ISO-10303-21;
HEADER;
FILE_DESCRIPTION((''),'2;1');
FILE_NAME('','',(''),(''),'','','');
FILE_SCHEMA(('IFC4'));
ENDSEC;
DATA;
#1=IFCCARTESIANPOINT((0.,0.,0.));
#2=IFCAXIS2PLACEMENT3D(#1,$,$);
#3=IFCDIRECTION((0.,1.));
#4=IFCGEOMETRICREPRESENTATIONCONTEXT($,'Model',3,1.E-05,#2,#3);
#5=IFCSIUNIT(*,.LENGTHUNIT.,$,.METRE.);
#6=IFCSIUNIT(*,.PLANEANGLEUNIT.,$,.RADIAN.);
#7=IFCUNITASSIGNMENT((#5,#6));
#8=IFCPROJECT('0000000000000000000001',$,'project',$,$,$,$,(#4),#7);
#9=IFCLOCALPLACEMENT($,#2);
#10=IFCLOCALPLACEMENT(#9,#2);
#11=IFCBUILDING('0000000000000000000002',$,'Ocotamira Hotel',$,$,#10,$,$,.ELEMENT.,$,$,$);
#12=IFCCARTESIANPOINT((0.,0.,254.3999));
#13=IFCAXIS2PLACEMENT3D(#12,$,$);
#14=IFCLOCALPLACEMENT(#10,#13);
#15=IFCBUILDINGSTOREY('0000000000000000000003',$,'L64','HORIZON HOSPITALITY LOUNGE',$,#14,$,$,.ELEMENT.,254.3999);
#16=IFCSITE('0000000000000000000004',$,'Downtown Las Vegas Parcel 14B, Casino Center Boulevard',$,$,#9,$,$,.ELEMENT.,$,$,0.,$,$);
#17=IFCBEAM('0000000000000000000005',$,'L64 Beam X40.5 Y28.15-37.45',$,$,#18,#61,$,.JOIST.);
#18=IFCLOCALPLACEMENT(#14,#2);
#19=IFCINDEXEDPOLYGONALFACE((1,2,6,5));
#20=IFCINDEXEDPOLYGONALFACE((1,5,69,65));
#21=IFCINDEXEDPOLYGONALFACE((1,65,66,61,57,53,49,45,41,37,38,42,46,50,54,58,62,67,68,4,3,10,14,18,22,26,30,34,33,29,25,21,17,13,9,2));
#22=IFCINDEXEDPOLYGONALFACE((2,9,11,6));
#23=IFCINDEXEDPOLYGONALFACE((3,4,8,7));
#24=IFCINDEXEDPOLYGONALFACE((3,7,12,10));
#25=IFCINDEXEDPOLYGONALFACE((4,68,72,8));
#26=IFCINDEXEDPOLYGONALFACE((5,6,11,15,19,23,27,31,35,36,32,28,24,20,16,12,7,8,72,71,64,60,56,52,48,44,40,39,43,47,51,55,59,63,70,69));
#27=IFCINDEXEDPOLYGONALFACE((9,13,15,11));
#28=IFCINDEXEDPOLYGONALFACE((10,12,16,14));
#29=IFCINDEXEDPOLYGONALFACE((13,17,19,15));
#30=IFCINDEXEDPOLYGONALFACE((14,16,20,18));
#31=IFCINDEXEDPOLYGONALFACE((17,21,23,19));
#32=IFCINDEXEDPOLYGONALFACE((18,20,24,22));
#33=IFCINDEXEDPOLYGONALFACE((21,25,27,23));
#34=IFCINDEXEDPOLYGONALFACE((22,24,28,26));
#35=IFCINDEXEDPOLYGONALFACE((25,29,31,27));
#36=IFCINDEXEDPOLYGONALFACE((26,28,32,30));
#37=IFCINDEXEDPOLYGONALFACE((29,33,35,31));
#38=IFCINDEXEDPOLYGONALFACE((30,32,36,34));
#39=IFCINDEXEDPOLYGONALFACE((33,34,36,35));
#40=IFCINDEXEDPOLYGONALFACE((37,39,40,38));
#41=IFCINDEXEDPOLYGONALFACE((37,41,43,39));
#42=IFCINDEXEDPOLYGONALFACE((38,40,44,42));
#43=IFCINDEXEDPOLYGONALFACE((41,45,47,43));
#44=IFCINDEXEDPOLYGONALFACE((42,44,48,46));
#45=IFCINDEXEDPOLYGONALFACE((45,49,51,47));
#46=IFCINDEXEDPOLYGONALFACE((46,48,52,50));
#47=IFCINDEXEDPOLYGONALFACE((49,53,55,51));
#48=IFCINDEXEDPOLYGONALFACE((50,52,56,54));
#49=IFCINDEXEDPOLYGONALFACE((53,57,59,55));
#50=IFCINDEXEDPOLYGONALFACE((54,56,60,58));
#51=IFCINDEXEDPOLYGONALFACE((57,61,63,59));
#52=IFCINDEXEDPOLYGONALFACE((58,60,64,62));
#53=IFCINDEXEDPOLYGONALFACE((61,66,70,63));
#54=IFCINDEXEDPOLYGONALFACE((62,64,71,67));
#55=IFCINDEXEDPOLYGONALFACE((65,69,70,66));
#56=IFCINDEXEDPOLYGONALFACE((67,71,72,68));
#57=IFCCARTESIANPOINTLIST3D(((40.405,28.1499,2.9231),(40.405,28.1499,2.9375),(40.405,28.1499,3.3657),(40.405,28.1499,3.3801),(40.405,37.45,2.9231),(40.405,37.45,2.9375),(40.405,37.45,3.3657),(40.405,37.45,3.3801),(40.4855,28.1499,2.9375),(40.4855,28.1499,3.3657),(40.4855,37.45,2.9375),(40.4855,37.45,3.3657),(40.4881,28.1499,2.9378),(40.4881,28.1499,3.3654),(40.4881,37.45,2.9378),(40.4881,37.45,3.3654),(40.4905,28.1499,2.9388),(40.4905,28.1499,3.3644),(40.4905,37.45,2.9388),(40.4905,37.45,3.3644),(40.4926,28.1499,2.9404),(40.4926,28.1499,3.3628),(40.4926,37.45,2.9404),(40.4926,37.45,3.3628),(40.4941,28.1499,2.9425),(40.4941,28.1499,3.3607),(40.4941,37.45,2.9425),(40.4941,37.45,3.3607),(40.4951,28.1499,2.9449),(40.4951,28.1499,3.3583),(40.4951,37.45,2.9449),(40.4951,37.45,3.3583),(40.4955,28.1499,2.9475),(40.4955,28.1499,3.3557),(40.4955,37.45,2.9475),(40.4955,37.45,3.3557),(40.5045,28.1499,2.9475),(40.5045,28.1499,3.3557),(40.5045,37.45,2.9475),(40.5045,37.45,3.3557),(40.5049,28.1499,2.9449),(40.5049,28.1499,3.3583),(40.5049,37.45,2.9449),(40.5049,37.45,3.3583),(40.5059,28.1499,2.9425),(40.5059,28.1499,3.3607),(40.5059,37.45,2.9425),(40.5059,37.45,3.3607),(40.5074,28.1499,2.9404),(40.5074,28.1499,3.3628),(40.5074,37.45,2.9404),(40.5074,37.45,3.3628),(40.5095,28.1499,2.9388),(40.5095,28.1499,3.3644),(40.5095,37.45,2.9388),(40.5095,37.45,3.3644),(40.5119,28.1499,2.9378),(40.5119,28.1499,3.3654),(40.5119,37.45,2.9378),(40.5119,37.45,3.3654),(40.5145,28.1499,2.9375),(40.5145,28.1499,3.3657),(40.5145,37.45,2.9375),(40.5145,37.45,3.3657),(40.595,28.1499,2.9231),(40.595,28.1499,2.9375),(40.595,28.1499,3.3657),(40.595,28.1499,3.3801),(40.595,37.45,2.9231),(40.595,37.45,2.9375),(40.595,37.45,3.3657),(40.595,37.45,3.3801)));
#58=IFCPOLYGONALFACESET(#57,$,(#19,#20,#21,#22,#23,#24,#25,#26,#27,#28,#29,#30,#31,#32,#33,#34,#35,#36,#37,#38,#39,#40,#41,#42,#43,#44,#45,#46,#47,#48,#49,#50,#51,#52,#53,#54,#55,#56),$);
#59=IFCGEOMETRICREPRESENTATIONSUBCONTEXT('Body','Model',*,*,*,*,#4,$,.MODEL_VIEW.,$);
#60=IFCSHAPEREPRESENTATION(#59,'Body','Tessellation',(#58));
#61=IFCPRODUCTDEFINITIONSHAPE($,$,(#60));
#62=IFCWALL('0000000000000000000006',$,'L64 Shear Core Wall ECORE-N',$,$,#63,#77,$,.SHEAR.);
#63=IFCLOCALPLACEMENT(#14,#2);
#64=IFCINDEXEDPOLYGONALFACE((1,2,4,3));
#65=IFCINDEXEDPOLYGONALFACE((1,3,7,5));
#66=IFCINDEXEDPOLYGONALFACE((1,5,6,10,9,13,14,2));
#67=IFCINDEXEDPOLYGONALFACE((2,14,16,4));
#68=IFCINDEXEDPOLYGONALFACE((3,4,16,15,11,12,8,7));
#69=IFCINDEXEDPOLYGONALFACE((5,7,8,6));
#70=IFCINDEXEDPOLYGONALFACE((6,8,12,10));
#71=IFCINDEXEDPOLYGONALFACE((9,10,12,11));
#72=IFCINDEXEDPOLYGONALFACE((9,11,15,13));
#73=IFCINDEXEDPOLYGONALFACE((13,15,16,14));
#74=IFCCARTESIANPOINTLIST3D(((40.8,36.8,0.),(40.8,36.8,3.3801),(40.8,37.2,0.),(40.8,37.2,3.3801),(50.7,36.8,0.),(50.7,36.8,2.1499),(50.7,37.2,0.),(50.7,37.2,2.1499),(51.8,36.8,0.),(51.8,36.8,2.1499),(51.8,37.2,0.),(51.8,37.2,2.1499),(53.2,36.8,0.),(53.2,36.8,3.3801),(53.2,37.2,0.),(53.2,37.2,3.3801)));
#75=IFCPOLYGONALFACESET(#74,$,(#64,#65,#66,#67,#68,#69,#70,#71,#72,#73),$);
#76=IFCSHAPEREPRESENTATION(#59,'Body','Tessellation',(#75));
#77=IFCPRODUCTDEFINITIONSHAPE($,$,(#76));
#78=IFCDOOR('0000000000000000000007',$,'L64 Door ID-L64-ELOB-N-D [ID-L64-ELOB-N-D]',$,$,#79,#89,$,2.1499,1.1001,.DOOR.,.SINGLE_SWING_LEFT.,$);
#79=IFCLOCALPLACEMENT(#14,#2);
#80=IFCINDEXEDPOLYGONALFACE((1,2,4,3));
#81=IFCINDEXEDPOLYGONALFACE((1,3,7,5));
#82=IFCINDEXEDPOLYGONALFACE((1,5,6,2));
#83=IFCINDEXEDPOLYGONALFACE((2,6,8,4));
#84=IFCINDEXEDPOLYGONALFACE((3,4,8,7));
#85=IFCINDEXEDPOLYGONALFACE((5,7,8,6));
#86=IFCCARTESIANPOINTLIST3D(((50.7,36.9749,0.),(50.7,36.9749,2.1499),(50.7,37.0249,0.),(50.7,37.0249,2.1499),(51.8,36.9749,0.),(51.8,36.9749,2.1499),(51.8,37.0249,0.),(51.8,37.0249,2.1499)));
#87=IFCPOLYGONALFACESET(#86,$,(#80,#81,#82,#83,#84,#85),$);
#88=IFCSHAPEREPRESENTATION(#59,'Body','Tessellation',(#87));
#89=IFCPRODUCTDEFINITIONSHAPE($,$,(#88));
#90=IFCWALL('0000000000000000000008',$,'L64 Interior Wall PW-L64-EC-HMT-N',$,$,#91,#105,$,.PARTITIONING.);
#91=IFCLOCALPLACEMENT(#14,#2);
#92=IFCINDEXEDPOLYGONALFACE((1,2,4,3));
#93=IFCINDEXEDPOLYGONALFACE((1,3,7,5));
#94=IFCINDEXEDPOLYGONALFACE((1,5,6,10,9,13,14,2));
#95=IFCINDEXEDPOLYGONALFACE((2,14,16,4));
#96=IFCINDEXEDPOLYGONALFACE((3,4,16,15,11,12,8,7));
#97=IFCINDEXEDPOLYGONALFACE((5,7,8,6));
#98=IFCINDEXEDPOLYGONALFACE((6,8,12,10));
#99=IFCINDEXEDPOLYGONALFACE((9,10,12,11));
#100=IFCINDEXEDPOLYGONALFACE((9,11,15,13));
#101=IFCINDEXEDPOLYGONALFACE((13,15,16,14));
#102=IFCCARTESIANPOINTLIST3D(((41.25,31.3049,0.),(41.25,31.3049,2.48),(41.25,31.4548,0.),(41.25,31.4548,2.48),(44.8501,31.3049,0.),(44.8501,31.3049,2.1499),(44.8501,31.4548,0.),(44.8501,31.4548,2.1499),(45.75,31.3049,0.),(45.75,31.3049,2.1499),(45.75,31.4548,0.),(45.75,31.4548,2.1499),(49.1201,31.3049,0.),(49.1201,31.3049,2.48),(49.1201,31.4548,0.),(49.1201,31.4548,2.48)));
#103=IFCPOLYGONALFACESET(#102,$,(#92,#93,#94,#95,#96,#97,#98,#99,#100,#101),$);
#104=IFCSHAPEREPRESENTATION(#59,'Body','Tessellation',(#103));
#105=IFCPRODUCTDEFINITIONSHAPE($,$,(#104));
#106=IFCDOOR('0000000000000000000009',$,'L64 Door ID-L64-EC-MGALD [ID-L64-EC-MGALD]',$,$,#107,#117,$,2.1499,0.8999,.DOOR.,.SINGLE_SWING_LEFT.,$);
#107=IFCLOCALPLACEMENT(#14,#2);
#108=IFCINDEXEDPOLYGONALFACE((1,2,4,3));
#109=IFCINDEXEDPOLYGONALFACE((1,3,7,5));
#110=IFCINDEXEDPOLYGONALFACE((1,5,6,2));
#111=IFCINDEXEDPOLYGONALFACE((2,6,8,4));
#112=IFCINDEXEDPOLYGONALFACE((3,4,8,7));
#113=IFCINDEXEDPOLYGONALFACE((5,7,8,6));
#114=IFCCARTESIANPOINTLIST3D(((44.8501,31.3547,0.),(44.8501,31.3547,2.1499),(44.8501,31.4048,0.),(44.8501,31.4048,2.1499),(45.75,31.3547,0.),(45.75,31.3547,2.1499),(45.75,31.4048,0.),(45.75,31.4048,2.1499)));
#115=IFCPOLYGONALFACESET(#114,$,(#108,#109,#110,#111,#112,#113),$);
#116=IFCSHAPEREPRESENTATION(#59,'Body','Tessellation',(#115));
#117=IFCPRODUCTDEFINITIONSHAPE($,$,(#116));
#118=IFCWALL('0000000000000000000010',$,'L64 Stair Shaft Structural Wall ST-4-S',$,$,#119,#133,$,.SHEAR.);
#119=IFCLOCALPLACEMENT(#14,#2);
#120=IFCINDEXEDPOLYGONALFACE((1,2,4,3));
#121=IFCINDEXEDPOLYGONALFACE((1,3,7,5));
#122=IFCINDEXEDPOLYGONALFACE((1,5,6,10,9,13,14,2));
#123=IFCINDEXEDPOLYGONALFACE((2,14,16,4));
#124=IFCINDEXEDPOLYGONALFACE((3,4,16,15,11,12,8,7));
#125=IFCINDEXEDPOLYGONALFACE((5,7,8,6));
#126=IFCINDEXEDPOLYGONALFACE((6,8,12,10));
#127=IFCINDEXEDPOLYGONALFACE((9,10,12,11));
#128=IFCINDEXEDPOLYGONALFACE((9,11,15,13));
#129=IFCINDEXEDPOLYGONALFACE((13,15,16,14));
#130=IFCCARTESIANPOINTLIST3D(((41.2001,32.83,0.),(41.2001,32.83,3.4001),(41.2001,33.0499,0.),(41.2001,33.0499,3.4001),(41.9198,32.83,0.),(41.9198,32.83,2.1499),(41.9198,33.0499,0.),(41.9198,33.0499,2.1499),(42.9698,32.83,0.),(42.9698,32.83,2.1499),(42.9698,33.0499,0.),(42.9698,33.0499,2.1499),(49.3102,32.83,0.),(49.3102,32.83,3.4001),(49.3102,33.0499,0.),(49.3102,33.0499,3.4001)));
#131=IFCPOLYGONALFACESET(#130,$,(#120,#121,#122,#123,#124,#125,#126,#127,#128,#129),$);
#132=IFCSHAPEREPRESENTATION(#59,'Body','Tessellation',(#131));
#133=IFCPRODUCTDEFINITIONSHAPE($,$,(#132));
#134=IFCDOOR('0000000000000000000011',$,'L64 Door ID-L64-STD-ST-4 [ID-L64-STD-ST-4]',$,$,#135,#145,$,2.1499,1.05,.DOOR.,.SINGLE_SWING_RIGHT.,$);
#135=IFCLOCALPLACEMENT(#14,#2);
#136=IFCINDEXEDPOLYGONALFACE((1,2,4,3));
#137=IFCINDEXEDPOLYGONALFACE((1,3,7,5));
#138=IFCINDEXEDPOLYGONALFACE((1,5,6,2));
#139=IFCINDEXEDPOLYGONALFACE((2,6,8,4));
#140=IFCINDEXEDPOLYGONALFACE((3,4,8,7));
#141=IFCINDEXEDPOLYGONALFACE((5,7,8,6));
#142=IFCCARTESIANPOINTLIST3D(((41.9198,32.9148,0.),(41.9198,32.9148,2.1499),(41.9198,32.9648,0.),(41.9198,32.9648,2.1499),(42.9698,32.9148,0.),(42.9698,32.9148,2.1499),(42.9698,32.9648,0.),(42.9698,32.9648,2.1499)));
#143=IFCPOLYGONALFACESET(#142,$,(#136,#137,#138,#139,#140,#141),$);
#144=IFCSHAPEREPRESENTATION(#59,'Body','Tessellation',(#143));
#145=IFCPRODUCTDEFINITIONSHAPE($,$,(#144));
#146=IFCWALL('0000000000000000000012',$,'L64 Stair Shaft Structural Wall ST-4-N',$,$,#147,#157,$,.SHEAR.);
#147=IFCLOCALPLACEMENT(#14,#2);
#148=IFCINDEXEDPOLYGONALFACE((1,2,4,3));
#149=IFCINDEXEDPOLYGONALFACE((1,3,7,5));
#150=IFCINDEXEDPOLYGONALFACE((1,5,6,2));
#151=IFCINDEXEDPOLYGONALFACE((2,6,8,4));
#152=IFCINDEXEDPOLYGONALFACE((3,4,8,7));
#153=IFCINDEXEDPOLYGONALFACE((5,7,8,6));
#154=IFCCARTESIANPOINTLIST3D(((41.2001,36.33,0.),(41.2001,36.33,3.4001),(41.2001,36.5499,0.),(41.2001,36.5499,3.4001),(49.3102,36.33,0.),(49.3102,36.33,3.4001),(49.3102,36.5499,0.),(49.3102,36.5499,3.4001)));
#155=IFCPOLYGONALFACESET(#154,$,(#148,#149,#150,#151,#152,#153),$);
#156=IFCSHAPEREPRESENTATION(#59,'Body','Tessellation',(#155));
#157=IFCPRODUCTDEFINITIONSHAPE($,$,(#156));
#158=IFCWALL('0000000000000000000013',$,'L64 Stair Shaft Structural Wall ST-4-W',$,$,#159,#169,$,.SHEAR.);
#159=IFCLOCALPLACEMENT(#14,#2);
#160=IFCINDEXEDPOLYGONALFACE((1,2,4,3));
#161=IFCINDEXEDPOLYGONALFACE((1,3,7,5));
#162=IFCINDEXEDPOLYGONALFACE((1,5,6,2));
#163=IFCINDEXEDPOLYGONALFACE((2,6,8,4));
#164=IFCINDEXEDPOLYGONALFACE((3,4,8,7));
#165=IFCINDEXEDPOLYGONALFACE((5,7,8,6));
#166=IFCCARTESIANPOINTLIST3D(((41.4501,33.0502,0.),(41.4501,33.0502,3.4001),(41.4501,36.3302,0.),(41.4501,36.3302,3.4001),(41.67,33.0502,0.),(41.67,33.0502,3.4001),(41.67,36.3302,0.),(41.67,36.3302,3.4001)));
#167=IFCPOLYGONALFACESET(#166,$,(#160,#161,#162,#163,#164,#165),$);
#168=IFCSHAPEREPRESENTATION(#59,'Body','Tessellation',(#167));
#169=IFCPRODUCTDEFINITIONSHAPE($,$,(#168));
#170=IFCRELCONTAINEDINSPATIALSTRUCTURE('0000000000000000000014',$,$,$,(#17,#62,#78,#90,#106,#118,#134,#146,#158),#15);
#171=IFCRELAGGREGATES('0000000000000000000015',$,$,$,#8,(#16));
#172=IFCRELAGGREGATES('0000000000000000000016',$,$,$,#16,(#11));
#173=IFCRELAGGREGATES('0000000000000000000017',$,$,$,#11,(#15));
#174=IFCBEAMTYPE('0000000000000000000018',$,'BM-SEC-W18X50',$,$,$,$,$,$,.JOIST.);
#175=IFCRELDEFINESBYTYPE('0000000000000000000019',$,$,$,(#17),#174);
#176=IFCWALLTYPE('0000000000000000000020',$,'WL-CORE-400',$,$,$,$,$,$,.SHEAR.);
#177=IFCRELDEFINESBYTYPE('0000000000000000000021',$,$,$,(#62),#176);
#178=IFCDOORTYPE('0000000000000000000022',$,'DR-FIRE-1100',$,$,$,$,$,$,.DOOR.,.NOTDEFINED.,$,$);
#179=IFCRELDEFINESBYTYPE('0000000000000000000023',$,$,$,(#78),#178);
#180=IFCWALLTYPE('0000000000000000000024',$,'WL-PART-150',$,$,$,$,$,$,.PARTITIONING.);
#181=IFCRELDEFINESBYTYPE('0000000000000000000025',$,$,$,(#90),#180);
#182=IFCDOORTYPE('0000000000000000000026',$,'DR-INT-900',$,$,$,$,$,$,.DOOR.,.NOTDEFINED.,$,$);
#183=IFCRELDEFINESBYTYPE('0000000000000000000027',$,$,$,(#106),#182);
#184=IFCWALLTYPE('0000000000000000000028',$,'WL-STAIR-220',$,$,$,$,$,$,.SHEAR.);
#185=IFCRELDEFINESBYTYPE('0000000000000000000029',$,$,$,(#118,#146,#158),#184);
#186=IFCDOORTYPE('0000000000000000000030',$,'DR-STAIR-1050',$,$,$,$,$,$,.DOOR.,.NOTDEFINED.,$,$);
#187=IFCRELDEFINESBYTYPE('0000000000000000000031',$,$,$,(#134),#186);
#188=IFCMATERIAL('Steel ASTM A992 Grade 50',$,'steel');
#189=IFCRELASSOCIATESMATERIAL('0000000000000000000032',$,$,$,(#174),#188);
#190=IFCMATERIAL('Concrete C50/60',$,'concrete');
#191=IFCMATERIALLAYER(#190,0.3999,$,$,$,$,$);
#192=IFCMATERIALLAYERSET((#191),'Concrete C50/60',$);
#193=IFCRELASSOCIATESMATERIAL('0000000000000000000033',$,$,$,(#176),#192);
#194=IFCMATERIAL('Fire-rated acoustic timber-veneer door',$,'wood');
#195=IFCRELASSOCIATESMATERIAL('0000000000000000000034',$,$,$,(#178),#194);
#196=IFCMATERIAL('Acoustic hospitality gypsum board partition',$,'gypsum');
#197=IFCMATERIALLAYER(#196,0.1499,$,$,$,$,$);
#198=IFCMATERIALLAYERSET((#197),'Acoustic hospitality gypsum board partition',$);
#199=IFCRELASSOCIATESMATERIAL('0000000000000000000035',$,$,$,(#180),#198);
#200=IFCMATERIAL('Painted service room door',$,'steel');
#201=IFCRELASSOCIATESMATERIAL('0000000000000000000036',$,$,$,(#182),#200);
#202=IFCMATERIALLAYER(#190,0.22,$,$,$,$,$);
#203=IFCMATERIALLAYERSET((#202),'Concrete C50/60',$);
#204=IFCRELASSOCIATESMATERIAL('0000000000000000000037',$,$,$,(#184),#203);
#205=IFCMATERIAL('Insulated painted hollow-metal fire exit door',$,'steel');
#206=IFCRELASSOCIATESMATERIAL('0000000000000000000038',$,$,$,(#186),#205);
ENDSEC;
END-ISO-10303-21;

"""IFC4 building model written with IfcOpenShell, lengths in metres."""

from ifc_helpers import new_model, si_unit, direction, frame, frame_2d, origin, origin_2d, place, context, subcontext, project, spatial, rectangle, i_section, extrude, source, transform, mapped, material, layer, layer_set, material_profile, profile_set, type_object, element, fill, save


model = new_model("IFC4")

# Units and contexts
model_context = context("Model", 3, precision=1e-05, world=origin(), true_north=direction((0.0, 1.0)))
body_context = subcontext(model_context, "Body", "Model", "MODEL_VIEW")
ifc_project = project(units=[si_unit("LENGTHUNIT", "METRE"), si_unit("PLANEANGLEUNIT", "RADIAN")], contexts=[model_context])

# Site, building, storey
site_placement = place(None, origin())
site = spatial("IfcSite", under=ifc_project, at=site_placement, Name="Downtown Las Vegas Parcel 14B, Casino Center Boulevard", CompositionType="ELEMENT", RefElevation=0.0)
building_placement = place(site_placement, origin())
building = spatial("IfcBuilding", under=site, at=building_placement, Name="Ocotamira Hotel", CompositionType="ELEMENT")
storey_placement = place(building_placement, frame((0.0, 0.0, 254.3999)))
storey = spatial("IfcBuildingStorey", under=building, at=storey_placement, Name="L64", Description="HORIZON HOSPITALITY LOUNGE", CompositionType="ELEMENT", Elevation=254.3999)

# Beam
ifc_material_1 = material(Name="Concrete C50/60", Category="concrete")
ifc_material_2 = material(Name="Steel ASTM A992 Grade 50", Category="steel")
ifc_material_profile_1 = material_profile(ifc_material_2, i_section(OverallWidth=0.1899, OverallDepth=0.457, WebThickness=0.009, FlangeThickness=0.0144, FilletRadius=0.01, at=origin_2d()), Name="W18X50")
ifc_profile_set_1 = profile_set([ifc_material_profile_1], Name="Steel ASTM A992 Grade 50")
beam_type_1 = type_object("IfcBeamType", Name="BM-SEC-W18X50", PredefinedType="JOIST", material=ifc_profile_set_1)
shared_shape_1 = source(origin(), body_context, "Body", "SweptSolid", [
    extrude(i_section(OverallWidth=0.1899, OverallDepth=0.457, WebThickness=0.009, FlangeThickness=0.0144, FilletRadius=0.01, at=origin_2d()), origin(), (0.0, 0.0, 1.0), 9.3),
])
beam_1_placement = place(storey_placement, frame((40.5, 28.1499, 3.1516), z_axis=(0.0, 1.0, 0.0), x_axis=(-1.0, 0.0, 0.0)))
element("IfcBeam", 1, at=beam_1_placement, inside=storey, type_object=beam_type_1, Name="L64 Beam X40.5 Y28.15-37.45", PredefinedType="JOIST", context=body_context, shape_type="MappedRepresentation", body=[
    mapped(shared_shape_1, transform((0.0, 0.0, 0.0), scale=1.0)),
])

# Walls, openings, doors
ifc_layer_1 = layer(ifc_material_1, 0.3999)
ifc_layer_set_1 = layer_set([ifc_layer_1], Name="Concrete C50/60")
wall_type_1 = type_object("IfcWallType", Name="WL-CORE-400", PredefinedType="SHEAR", material=ifc_layer_set_1)
wall_1_placement = place(storey_placement, frame((40.8, 37.0, 0.0), z_axis=(0.0, 0.0, 1.0), x_axis=(1.0, 0.0, 0.0)))
wall_1 = element("IfcWall", 2, at=wall_1_placement, inside=storey, type_object=wall_type_1, Name="L64 Shear Core Wall ECORE-N", PredefinedType="SHEAR", context=body_context, shape_type="SweptSolid", body=[
    extrude(rectangle(XDim=12.3999, YDim=0.3999, at=frame_2d((6.2, 0.0))), origin(), (0.0, 0.0, 1.0), 3.3801),
])
opening_1_placement = place(wall_1_placement, frame((9.8999, 0.0, 0.0)))
opening_1 = element("IfcOpeningElement", 3, at=opening_1_placement, cuts=wall_1, PredefinedType="OPENING", context=body_context, shape_type="SweptSolid", body=[
    extrude(rectangle(XDim=1.1001, YDim=2.1499, at=frame_2d((0.55, 1.075))), frame((0.0, 0.21, 0.0), z_axis=(0.0, -1.0, 0.0), x_axis=(1.0, 0.0, 0.0)), (0.0, 0.0, 1.0), 0.4199),
])
ifc_material_3 = material(Name="Fire-rated acoustic timber-veneer door", Category="wood")
door_type_1 = type_object("IfcDoorType", Name="DR-FIRE-1100", OperationType="NOTDEFINED", PredefinedType="DOOR", material=ifc_material_3)
shared_shape_2 = source(origin(), body_context, "Body", "SweptSolid", [
    extrude(rectangle(XDim=1.1001, YDim=2.1499, at=frame_2d((0.55, 1.075))), frame((0.0, 0.0249, 0.0), z_axis=(0.0, -1.0, 0.0), x_axis=(1.0, 0.0, 0.0)), (0.0, 0.0, 1.0), 0.05),
])
door_1_placement = place(opening_1_placement, origin())
door_1 = element("IfcDoor", 4, at=door_1_placement, inside=storey, type_object=door_type_1, Name="L64 Door ID-L64-ELOB-N-D [ID-L64-ELOB-N-D]", OperationType="SINGLE_SWING_LEFT", OverallHeight=2.1499, OverallWidth=1.1001, PredefinedType="DOOR", context=body_context, shape_type="MappedRepresentation", body=[
    mapped(shared_shape_2, transform((0.0, 0.0, 0.0), scale=1.0)),
])
fill(opening_1, door_1)
ifc_material_4 = material(Name="Acoustic hospitality gypsum board partition", Category="gypsum")
ifc_layer_2 = layer(ifc_material_4, 0.1499)
ifc_layer_set_2 = layer_set([ifc_layer_2], Name="Acoustic hospitality gypsum board partition")
wall_type_2 = type_object("IfcWallType", Name="WL-PART-150", PredefinedType="PARTITIONING", material=ifc_layer_set_2)
wall_2_placement = place(storey_placement, frame((41.25, 31.3799, 0.0), z_axis=(0.0, 0.0, 1.0), x_axis=(1.0, 0.0, 0.0)))
wall_2 = element("IfcWall", 5, at=wall_2_placement, inside=storey, type_object=wall_type_2, Name="L64 Interior Wall PW-L64-EC-HMT-N", PredefinedType="PARTITIONING", context=body_context, shape_type="SweptSolid", body=[
    extrude(rectangle(XDim=7.8701, YDim=0.1499, at=frame_2d((3.9351, 0.0))), origin(), (0.0, 0.0, 1.0), 2.48),
])
opening_2_placement = place(wall_2_placement, frame((3.6001, 0.0, 0.0)))
opening_2 = element("IfcOpeningElement", 6, at=opening_2_placement, cuts=wall_2, PredefinedType="OPENING", context=body_context, shape_type="SweptSolid", body=[
    extrude(rectangle(XDim=0.8999, YDim=2.1499, at=frame_2d((0.45, 1.075))), frame((0.0, 0.085, 0.0), z_axis=(0.0, -1.0, 0.0), x_axis=(1.0, 0.0, 0.0)), (0.0, 0.0, 1.0), 0.1699),
])
ifc_material_5 = material(Name="Painted service room door", Category="steel")
door_type_2 = type_object("IfcDoorType", Name="DR-INT-900", OperationType="NOTDEFINED", PredefinedType="DOOR", material=ifc_material_5)
shared_shape_3 = source(origin(), body_context, "Body", "SweptSolid", [
    extrude(rectangle(XDim=0.8999, YDim=2.1499, at=frame_2d((0.45, 1.075))), frame((0.0, 0.0249, 0.0), z_axis=(0.0, -1.0, 0.0), x_axis=(1.0, 0.0, 0.0)), (0.0, 0.0, 1.0), 0.05),
])
door_2_placement = place(opening_2_placement, origin())
door_2 = element("IfcDoor", 7, at=door_2_placement, inside=storey, type_object=door_type_2, Name="L64 Door ID-L64-EC-MGALD [ID-L64-EC-MGALD]", OperationType="SINGLE_SWING_LEFT", OverallHeight=2.1499, OverallWidth=0.8999, PredefinedType="DOOR", context=body_context, shape_type="MappedRepresentation", body=[
    mapped(shared_shape_3, transform((0.0, 0.0, 0.0), scale=1.0)),
])
fill(opening_2, door_2)
ifc_layer_3 = layer(ifc_material_1, 0.22)
ifc_layer_set_3 = layer_set([ifc_layer_3], Name="Concrete C50/60")
wall_type_3 = type_object("IfcWallType", Name="WL-STAIR-220", PredefinedType="SHEAR", material=ifc_layer_set_3)
wall_3_placement = place(storey_placement, frame((41.2, 32.9399, 0.0), z_axis=(0.0, 0.0, 1.0), x_axis=(1.0, 0.0, 0.0)))
wall_3 = element("IfcWall", 8, at=wall_3_placement, inside=storey, type_object=wall_type_3, Name="L64 Stair Shaft Structural Wall ST-4-S", PredefinedType="SHEAR", context=body_context, shape_type="SweptSolid", body=[
    extrude(rectangle(XDim=8.1101, YDim=0.22, at=frame_2d((4.0552, 0.0))), origin(), (0.0, 0.0, 1.0), 3.4001),
])
opening_3_placement = place(wall_3_placement, frame((0.72, 0.0, 0.0)))
opening_3 = element("IfcOpeningElement", 9, at=opening_3_placement, cuts=wall_3, PredefinedType="OPENING", context=body_context, shape_type="SweptSolid", body=[
    extrude(rectangle(XDim=1.05, YDim=2.1499, at=frame_2d((0.5249, 1.075))), frame((0.0, 0.1201, 0.0), z_axis=(0.0, -1.0, 0.0), x_axis=(1.0, 0.0, 0.0)), (0.0, 0.0, 1.0), 0.24),
])
ifc_material_6 = material(Name="Insulated painted hollow-metal fire exit door", Category="steel")
door_type_3 = type_object("IfcDoorType", Name="DR-STAIR-1050", OperationType="NOTDEFINED", PredefinedType="DOOR", material=ifc_material_6)
shared_shape_4 = source(origin(), body_context, "Body", "SweptSolid", [
    extrude(rectangle(XDim=1.05, YDim=2.1499, at=frame_2d((0.5249, 1.075))), frame((0.0, 0.0249, 0.0), z_axis=(0.0, -1.0, 0.0), x_axis=(1.0, 0.0, 0.0)), (0.0, 0.0, 1.0), 0.05),
])
door_3_placement = place(opening_3_placement, origin())
door_3 = element("IfcDoor", 10, at=door_3_placement, inside=storey, type_object=door_type_3, Name="L64 Door ID-L64-STD-ST-4 [ID-L64-STD-ST-4]", OperationType="SINGLE_SWING_RIGHT", OverallHeight=2.1499, OverallWidth=1.05, PredefinedType="DOOR", context=body_context, shape_type="MappedRepresentation", body=[
    mapped(shared_shape_4, transform((0.0, 0.0, 0.0), scale=1.0)),
])
fill(opening_3, door_3)

# Walls
wall_4_placement = place(storey_placement, frame((41.2, 36.4399, 0.0), z_axis=(0.0, 0.0, 1.0), x_axis=(1.0, 0.0, 0.0)))
element("IfcWall", 11, at=wall_4_placement, inside=storey, type_object=wall_type_3, Name="L64 Stair Shaft Structural Wall ST-4-N", PredefinedType="SHEAR", context=body_context, shape_type="SweptSolid", body=[
    extrude(rectangle(XDim=8.1101, YDim=0.22, at=frame_2d((4.0552, 0.0))), origin(), (0.0, 0.0, 1.0), 3.4001),
])
wall_5_placement = place(storey_placement, frame((41.5601, 33.05, 0.0), z_axis=(0.0, 0.0, 1.0), x_axis=(0.0, 1.0, 0.0)))
element("IfcWall", 12, at=wall_5_placement, inside=storey, type_object=wall_type_3, Name="L64 Stair Shaft Structural Wall ST-4-W", PredefinedType="SHEAR", context=body_context, shape_type="SweptSolid", body=[
    extrude(rectangle(XDim=3.28, YDim=0.22, at=frame_2d((1.6401, 0.0))), origin(), (0.0, 0.0, 1.0), 3.4001),
])

save(model, "model.ifc")
